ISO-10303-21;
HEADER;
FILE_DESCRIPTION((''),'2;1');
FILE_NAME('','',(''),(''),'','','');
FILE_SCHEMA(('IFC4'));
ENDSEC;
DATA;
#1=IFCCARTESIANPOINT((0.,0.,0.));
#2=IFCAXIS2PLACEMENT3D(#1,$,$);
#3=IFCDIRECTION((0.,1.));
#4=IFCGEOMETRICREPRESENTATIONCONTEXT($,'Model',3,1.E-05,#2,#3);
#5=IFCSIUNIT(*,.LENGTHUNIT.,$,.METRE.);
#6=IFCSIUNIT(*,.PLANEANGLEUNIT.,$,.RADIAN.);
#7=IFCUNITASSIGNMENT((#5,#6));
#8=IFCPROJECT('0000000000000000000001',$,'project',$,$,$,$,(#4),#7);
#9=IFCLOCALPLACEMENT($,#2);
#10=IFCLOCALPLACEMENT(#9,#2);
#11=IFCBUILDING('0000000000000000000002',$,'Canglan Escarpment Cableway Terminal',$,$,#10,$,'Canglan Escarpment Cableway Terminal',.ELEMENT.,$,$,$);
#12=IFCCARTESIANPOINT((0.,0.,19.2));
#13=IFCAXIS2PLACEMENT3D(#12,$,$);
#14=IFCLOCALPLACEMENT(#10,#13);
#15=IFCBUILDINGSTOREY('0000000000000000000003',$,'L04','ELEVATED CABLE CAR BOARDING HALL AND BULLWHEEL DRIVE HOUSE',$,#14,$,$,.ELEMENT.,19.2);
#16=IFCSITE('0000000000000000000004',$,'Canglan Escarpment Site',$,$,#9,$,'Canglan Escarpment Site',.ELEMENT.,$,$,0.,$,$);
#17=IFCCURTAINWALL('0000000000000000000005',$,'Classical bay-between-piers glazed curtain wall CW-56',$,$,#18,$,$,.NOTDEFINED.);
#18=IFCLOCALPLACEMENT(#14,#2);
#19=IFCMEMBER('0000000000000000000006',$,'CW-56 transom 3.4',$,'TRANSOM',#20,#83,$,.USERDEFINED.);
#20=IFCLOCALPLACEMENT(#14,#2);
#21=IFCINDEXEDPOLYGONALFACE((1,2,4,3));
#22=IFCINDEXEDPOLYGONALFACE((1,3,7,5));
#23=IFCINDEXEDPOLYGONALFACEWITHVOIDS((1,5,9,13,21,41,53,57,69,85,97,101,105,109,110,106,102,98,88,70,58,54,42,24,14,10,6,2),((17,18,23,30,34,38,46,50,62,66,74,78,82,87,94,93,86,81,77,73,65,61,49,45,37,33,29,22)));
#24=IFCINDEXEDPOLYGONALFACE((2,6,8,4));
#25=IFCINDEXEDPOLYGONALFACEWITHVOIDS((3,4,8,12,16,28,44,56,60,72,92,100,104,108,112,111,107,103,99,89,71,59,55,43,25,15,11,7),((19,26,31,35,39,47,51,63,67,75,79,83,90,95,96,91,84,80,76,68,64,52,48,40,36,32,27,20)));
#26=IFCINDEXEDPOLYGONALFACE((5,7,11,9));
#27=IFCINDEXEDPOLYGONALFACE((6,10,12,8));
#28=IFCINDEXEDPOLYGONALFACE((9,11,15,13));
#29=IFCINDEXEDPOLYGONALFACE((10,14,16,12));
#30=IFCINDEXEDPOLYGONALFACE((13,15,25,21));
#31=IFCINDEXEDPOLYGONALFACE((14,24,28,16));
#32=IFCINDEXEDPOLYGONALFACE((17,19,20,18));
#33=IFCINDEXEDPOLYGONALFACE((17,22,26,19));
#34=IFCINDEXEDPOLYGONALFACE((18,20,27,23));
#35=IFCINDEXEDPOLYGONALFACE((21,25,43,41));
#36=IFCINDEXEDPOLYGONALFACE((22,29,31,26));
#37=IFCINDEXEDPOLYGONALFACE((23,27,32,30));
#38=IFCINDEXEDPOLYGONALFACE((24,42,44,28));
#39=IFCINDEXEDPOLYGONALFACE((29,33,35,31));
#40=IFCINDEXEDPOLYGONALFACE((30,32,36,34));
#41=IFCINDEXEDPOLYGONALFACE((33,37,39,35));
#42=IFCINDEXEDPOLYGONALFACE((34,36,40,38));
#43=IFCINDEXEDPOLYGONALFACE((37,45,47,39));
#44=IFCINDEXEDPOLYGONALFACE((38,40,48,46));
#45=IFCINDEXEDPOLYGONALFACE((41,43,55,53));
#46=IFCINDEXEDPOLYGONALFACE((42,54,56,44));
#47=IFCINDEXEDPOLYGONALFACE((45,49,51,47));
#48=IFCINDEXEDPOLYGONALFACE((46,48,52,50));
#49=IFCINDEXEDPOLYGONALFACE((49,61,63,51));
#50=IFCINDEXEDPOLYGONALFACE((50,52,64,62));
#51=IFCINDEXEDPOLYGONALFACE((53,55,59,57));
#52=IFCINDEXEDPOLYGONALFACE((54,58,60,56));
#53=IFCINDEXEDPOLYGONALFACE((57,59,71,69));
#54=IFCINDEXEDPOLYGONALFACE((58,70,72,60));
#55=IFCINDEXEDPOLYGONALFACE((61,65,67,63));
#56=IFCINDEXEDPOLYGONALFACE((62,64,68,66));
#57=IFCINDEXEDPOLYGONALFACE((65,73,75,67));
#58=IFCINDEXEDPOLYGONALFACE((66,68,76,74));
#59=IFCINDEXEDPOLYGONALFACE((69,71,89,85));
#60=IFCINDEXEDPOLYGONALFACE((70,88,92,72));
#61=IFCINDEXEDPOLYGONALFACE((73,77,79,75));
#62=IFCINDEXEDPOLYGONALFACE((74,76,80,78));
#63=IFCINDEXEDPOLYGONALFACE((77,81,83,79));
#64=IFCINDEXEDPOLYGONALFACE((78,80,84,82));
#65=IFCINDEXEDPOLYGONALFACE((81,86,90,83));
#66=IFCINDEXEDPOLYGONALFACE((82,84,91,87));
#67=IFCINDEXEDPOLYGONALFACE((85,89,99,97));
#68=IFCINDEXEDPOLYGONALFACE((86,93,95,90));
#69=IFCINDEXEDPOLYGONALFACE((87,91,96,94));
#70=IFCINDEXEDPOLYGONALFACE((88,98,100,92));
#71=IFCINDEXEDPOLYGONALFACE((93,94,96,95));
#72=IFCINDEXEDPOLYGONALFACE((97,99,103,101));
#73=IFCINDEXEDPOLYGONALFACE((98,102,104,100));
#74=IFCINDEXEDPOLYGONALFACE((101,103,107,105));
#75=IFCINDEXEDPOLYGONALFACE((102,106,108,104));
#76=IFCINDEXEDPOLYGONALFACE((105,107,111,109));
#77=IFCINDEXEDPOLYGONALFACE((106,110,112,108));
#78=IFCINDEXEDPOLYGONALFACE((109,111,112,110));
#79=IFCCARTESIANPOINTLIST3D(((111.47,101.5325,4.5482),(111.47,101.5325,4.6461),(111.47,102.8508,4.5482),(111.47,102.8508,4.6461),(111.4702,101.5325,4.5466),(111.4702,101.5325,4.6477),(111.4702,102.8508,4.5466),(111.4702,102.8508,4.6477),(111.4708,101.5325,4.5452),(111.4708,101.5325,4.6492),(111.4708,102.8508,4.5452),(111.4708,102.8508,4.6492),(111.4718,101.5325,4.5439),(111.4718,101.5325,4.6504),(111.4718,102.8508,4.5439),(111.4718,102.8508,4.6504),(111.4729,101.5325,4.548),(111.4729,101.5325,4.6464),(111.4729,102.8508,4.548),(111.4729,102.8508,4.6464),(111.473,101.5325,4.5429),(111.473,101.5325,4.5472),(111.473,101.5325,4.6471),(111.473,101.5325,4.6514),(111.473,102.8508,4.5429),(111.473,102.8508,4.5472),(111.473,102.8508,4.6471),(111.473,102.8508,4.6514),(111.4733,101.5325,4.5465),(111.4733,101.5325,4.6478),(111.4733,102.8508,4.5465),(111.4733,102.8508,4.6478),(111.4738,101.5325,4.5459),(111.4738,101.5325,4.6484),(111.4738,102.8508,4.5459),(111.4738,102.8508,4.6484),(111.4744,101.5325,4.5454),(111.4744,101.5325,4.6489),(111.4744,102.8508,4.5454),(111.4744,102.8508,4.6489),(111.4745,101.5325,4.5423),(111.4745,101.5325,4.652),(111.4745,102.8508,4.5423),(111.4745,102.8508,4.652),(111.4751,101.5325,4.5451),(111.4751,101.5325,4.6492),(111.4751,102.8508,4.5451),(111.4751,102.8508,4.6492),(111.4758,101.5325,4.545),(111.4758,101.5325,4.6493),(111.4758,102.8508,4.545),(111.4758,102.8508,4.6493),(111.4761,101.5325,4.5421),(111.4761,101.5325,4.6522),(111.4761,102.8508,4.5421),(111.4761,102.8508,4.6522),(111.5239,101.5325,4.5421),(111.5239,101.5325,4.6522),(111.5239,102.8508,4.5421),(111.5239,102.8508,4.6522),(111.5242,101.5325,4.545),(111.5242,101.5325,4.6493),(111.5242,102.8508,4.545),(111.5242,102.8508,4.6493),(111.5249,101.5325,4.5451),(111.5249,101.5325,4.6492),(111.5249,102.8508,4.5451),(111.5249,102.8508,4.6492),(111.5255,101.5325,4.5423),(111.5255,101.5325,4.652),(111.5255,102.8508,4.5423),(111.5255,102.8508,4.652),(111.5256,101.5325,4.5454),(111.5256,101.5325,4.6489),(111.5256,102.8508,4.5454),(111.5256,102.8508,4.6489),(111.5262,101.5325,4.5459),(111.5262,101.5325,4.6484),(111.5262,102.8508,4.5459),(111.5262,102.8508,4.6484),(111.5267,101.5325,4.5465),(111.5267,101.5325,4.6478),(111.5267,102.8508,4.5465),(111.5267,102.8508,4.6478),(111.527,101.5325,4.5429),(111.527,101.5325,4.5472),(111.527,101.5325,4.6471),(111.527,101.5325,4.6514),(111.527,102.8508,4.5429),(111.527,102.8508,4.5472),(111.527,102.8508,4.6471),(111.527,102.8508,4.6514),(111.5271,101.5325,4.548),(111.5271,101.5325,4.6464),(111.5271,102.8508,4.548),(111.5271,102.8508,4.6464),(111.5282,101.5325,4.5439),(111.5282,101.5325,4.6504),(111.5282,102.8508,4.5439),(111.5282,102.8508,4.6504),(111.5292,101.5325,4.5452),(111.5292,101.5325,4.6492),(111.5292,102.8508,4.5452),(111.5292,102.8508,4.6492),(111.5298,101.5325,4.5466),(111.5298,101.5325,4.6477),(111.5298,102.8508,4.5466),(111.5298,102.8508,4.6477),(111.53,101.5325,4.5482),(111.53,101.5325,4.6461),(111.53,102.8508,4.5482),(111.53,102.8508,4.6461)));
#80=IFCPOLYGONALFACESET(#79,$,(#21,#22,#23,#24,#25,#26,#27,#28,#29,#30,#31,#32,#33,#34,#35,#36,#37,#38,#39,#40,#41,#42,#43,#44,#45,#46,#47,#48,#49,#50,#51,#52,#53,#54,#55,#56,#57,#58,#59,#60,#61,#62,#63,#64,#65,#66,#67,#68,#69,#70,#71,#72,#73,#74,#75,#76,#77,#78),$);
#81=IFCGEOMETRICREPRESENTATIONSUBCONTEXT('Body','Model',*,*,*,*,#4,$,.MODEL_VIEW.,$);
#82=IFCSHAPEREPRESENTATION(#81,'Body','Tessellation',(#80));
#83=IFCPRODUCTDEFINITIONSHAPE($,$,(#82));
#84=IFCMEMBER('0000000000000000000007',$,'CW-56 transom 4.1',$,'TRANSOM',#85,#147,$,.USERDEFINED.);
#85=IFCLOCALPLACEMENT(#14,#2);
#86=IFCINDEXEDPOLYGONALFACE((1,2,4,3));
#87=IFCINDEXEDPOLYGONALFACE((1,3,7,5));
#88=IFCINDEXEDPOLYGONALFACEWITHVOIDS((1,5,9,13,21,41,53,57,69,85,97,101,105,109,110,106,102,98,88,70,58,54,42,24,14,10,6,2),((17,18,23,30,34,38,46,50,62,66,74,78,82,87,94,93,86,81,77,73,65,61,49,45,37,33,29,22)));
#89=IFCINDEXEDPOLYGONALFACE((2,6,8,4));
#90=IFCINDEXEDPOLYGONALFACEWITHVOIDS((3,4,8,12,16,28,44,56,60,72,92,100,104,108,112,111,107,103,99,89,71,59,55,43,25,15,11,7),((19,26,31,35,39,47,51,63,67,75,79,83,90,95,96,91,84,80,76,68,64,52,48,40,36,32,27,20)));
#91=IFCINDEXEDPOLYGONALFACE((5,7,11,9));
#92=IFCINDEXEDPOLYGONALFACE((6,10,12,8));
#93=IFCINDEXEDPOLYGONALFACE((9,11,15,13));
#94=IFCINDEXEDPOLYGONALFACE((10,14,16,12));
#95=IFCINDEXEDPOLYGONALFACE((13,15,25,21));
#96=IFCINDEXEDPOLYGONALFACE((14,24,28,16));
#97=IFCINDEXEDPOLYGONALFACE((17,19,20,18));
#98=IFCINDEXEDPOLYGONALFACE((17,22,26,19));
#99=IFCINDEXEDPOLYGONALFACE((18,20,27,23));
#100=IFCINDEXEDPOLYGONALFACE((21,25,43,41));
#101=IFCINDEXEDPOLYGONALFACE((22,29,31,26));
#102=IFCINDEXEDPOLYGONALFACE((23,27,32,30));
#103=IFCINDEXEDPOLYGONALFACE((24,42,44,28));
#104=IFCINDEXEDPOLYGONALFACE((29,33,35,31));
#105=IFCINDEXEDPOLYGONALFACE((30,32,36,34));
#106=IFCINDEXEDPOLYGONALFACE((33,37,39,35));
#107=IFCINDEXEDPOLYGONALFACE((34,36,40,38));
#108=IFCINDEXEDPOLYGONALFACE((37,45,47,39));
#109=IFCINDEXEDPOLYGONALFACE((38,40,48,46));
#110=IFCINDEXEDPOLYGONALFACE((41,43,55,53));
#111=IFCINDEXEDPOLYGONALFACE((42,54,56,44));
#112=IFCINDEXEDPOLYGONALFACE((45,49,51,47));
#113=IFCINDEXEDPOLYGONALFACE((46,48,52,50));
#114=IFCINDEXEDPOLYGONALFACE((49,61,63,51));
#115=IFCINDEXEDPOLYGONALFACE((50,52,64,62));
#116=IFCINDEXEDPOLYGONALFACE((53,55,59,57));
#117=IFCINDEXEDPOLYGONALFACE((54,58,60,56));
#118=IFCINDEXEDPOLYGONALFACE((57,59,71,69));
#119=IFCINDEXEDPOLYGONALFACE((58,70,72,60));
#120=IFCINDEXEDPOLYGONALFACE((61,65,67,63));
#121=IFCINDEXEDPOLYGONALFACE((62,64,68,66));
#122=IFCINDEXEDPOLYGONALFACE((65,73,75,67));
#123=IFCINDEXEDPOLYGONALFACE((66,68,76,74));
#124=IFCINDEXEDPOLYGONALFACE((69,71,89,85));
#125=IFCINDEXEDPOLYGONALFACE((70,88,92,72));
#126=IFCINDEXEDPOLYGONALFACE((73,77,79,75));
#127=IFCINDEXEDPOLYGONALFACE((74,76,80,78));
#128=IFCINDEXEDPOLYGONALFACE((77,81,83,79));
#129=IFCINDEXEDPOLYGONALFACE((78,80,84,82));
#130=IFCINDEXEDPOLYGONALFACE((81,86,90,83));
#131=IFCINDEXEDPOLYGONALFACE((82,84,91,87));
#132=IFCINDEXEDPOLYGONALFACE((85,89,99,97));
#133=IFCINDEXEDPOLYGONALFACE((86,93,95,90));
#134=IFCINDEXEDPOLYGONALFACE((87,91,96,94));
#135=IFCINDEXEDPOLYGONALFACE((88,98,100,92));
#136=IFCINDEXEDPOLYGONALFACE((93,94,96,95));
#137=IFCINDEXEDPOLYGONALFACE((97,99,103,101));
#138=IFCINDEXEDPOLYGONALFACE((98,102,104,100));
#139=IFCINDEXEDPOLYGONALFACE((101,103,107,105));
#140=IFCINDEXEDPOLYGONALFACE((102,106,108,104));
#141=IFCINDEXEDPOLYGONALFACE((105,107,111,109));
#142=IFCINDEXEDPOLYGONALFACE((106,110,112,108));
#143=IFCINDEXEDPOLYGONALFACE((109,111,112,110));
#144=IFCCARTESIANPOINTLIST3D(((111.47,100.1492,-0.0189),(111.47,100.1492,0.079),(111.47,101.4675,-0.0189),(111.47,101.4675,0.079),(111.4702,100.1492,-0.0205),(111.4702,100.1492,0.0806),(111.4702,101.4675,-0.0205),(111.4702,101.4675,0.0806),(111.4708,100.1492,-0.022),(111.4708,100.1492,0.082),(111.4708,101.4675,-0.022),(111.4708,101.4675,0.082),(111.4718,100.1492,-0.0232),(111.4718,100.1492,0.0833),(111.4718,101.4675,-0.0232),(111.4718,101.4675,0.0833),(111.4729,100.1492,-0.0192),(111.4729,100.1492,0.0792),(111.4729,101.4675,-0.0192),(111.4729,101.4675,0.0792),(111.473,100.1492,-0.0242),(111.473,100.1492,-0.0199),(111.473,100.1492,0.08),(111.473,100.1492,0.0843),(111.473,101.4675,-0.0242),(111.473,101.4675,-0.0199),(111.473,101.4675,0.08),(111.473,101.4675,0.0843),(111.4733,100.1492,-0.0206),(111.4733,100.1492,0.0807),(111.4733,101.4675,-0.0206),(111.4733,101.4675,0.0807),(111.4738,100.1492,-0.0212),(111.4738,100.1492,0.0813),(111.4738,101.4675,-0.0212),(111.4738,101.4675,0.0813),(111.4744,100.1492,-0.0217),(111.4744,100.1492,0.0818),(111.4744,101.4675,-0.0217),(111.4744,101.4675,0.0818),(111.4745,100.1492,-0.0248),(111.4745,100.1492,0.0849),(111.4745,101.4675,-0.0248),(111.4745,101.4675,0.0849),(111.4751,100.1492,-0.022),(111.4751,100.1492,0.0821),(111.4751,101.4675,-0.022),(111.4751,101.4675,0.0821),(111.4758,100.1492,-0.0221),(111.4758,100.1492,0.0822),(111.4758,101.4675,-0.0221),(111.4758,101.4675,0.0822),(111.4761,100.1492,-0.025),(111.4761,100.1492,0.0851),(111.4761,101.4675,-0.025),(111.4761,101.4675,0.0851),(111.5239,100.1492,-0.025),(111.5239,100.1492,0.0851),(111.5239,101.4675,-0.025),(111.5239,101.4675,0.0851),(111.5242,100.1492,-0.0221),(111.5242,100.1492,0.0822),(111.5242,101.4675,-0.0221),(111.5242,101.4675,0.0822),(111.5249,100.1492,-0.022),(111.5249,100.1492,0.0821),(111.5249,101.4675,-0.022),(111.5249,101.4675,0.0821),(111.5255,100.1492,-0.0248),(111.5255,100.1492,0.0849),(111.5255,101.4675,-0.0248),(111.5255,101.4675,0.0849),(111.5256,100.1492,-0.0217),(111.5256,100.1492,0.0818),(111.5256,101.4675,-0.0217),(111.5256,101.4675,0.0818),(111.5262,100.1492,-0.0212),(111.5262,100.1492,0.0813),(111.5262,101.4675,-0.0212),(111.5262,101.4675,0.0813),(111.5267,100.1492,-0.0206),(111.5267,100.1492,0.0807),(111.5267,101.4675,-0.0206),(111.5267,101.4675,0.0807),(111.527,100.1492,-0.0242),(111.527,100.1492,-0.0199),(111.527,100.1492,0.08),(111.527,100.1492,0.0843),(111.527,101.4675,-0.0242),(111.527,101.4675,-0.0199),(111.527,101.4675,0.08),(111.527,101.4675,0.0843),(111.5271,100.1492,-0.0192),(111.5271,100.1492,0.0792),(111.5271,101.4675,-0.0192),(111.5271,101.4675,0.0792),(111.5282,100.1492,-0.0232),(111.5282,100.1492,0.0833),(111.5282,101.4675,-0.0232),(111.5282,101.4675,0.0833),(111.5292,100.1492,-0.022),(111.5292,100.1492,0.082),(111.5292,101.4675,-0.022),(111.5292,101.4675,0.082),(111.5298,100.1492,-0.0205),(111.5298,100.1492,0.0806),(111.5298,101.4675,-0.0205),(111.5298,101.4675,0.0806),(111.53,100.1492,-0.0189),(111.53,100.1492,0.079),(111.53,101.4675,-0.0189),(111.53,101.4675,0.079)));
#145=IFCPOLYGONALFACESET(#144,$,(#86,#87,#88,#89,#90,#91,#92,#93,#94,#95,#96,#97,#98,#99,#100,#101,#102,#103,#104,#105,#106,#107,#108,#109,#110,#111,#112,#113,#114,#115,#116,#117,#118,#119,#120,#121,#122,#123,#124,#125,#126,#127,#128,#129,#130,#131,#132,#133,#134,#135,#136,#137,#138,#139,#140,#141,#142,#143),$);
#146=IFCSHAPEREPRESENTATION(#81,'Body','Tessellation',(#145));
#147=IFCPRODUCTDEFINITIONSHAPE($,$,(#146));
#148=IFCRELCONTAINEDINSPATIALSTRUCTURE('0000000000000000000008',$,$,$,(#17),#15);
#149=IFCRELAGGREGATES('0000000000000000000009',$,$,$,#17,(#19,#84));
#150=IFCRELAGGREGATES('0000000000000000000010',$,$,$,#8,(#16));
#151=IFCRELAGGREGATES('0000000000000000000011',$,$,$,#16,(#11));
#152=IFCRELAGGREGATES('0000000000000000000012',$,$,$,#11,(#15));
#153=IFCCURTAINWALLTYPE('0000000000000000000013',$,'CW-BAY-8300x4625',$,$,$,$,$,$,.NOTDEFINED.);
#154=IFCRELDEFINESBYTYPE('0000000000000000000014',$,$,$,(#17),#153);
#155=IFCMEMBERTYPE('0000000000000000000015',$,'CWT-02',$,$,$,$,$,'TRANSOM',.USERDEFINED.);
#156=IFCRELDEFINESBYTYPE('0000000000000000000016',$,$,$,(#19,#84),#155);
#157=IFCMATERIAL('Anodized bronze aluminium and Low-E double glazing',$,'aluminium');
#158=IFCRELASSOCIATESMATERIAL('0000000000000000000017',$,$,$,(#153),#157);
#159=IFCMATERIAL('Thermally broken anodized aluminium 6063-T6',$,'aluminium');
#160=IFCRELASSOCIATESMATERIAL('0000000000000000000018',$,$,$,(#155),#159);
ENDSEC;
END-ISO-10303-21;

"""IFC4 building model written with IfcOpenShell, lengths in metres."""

from ifc_helpers import new_model, si_unit, direction, frame, origin, origin_2d, place, context, subcontext, project, spatial, hollow_rectangle, extrude, material, material_profile, profile_set, type_object, element, aggregate, save


model = new_model("IFC4")

# Units and contexts
model_context = context("Model", 3, precision=1e-05, world=origin(), true_north=direction((0.0, 1.0)))
body_context = subcontext(model_context, "Body", "Model", "MODEL_VIEW")
ifc_project = project(units=[si_unit("LENGTHUNIT", "METRE"), si_unit("PLANEANGLEUNIT", "RADIAN")], contexts=[model_context])

# Site, building, storey
site_placement = place(None, origin())
site = spatial("IfcSite", under=ifc_project, at=site_placement, Name="Canglan Escarpment Site", LongName="Canglan Escarpment Site", CompositionType="ELEMENT", RefElevation=0.0)
building_placement = place(site_placement, origin())
building = spatial("IfcBuilding", under=site, at=building_placement, Name="Canglan Escarpment Cableway Terminal", LongName="Canglan Escarpment Cableway Terminal", CompositionType="ELEMENT")
storey_placement = place(building_placement, frame((0.0, 0.0, 19.2)))
storey = spatial("IfcBuildingStorey", under=building, at=storey_placement, Name="L04", Description="ELEVATED CABLE CAR BOARDING HALL AND BULLWHEEL DRIVE HOUSE", CompositionType="ELEMENT", Elevation=19.2)

# Curtain wall, members
ifc_material_1 = material(Name="Anodized bronze aluminium and Low-E double glazing", Category="aluminium")
curtain_wall_type = type_object("IfcCurtainWallType", Name="CW-BAY-8300x4625", PredefinedType="NOTDEFINED", material=ifc_material_1)
curtain_wall_placement = place(storey_placement, origin())
curtain_wall = element("IfcCurtainWall", 1, at=curtain_wall_placement, inside=storey, type_object=curtain_wall_type, Name="Classical bay-between-piers glazed curtain wall CW-56", PredefinedType="NOTDEFINED")
ifc_material_2 = material(Name="Thermally broken anodized aluminium 6063-T6", Category="aluminium")
ifc_material_profile_1 = material_profile(ifc_material_2, hollow_rectangle(XDim=0.0601, YDim=0.1101, WallThickness=0.0029, InnerFilletRadius=0.0029, OuterFilletRadius=0.0061, at=origin_2d()), Name="ALU-TRAN 60x110x3")
ifc_profile_set_1 = profile_set([ifc_material_profile_1], Name="Thermally broken anodized aluminium 6063-T6")
member_type_1 = type_object("IfcMemberType", Name="CWT-02", ElementType="TRANSOM", PredefinedType="USERDEFINED", material=ifc_profile_set_1)
member_1_placement = place(storey_placement, frame((111.5, 102.8508, 4.5972), z_axis=(0.0, -1.0, 0.0), x_axis=(1.0, 0.0, 0.0)))
member_1 = element("IfcMember", 2, at=member_1_placement, type_object=member_type_1, Name="CW-56 transom 3.4", ObjectType="TRANSOM", PredefinedType="USERDEFINED", context=body_context, shape_type="SweptSolid", body=[
    extrude(hollow_rectangle(XDim=0.0601, YDim=0.1101, WallThickness=0.0029, InnerFilletRadius=0.0029, OuterFilletRadius=0.0061, at=origin_2d()), origin(), (0.0, 0.0, 1.0), 1.3184),
])
member_2_placement = place(storey_placement, frame((111.5, 101.4675, 0.03), z_axis=(0.0, -1.0, 0.0), x_axis=(1.0, 0.0, 0.0)))
member_2 = element("IfcMember", 3, at=member_2_placement, type_object=member_type_1, Name="CW-56 transom 4.1", ObjectType="TRANSOM", PredefinedType="USERDEFINED", context=body_context, shape_type="SweptSolid", body=[
    extrude(hollow_rectangle(XDim=0.0601, YDim=0.1101, WallThickness=0.0029, InnerFilletRadius=0.0029, OuterFilletRadius=0.0061, at=origin_2d()), origin(), (0.0, 0.0, 1.0), 1.3184),
])
aggregate(curtain_wall, [member_1, member_2])

save(model, "model.ifc")
